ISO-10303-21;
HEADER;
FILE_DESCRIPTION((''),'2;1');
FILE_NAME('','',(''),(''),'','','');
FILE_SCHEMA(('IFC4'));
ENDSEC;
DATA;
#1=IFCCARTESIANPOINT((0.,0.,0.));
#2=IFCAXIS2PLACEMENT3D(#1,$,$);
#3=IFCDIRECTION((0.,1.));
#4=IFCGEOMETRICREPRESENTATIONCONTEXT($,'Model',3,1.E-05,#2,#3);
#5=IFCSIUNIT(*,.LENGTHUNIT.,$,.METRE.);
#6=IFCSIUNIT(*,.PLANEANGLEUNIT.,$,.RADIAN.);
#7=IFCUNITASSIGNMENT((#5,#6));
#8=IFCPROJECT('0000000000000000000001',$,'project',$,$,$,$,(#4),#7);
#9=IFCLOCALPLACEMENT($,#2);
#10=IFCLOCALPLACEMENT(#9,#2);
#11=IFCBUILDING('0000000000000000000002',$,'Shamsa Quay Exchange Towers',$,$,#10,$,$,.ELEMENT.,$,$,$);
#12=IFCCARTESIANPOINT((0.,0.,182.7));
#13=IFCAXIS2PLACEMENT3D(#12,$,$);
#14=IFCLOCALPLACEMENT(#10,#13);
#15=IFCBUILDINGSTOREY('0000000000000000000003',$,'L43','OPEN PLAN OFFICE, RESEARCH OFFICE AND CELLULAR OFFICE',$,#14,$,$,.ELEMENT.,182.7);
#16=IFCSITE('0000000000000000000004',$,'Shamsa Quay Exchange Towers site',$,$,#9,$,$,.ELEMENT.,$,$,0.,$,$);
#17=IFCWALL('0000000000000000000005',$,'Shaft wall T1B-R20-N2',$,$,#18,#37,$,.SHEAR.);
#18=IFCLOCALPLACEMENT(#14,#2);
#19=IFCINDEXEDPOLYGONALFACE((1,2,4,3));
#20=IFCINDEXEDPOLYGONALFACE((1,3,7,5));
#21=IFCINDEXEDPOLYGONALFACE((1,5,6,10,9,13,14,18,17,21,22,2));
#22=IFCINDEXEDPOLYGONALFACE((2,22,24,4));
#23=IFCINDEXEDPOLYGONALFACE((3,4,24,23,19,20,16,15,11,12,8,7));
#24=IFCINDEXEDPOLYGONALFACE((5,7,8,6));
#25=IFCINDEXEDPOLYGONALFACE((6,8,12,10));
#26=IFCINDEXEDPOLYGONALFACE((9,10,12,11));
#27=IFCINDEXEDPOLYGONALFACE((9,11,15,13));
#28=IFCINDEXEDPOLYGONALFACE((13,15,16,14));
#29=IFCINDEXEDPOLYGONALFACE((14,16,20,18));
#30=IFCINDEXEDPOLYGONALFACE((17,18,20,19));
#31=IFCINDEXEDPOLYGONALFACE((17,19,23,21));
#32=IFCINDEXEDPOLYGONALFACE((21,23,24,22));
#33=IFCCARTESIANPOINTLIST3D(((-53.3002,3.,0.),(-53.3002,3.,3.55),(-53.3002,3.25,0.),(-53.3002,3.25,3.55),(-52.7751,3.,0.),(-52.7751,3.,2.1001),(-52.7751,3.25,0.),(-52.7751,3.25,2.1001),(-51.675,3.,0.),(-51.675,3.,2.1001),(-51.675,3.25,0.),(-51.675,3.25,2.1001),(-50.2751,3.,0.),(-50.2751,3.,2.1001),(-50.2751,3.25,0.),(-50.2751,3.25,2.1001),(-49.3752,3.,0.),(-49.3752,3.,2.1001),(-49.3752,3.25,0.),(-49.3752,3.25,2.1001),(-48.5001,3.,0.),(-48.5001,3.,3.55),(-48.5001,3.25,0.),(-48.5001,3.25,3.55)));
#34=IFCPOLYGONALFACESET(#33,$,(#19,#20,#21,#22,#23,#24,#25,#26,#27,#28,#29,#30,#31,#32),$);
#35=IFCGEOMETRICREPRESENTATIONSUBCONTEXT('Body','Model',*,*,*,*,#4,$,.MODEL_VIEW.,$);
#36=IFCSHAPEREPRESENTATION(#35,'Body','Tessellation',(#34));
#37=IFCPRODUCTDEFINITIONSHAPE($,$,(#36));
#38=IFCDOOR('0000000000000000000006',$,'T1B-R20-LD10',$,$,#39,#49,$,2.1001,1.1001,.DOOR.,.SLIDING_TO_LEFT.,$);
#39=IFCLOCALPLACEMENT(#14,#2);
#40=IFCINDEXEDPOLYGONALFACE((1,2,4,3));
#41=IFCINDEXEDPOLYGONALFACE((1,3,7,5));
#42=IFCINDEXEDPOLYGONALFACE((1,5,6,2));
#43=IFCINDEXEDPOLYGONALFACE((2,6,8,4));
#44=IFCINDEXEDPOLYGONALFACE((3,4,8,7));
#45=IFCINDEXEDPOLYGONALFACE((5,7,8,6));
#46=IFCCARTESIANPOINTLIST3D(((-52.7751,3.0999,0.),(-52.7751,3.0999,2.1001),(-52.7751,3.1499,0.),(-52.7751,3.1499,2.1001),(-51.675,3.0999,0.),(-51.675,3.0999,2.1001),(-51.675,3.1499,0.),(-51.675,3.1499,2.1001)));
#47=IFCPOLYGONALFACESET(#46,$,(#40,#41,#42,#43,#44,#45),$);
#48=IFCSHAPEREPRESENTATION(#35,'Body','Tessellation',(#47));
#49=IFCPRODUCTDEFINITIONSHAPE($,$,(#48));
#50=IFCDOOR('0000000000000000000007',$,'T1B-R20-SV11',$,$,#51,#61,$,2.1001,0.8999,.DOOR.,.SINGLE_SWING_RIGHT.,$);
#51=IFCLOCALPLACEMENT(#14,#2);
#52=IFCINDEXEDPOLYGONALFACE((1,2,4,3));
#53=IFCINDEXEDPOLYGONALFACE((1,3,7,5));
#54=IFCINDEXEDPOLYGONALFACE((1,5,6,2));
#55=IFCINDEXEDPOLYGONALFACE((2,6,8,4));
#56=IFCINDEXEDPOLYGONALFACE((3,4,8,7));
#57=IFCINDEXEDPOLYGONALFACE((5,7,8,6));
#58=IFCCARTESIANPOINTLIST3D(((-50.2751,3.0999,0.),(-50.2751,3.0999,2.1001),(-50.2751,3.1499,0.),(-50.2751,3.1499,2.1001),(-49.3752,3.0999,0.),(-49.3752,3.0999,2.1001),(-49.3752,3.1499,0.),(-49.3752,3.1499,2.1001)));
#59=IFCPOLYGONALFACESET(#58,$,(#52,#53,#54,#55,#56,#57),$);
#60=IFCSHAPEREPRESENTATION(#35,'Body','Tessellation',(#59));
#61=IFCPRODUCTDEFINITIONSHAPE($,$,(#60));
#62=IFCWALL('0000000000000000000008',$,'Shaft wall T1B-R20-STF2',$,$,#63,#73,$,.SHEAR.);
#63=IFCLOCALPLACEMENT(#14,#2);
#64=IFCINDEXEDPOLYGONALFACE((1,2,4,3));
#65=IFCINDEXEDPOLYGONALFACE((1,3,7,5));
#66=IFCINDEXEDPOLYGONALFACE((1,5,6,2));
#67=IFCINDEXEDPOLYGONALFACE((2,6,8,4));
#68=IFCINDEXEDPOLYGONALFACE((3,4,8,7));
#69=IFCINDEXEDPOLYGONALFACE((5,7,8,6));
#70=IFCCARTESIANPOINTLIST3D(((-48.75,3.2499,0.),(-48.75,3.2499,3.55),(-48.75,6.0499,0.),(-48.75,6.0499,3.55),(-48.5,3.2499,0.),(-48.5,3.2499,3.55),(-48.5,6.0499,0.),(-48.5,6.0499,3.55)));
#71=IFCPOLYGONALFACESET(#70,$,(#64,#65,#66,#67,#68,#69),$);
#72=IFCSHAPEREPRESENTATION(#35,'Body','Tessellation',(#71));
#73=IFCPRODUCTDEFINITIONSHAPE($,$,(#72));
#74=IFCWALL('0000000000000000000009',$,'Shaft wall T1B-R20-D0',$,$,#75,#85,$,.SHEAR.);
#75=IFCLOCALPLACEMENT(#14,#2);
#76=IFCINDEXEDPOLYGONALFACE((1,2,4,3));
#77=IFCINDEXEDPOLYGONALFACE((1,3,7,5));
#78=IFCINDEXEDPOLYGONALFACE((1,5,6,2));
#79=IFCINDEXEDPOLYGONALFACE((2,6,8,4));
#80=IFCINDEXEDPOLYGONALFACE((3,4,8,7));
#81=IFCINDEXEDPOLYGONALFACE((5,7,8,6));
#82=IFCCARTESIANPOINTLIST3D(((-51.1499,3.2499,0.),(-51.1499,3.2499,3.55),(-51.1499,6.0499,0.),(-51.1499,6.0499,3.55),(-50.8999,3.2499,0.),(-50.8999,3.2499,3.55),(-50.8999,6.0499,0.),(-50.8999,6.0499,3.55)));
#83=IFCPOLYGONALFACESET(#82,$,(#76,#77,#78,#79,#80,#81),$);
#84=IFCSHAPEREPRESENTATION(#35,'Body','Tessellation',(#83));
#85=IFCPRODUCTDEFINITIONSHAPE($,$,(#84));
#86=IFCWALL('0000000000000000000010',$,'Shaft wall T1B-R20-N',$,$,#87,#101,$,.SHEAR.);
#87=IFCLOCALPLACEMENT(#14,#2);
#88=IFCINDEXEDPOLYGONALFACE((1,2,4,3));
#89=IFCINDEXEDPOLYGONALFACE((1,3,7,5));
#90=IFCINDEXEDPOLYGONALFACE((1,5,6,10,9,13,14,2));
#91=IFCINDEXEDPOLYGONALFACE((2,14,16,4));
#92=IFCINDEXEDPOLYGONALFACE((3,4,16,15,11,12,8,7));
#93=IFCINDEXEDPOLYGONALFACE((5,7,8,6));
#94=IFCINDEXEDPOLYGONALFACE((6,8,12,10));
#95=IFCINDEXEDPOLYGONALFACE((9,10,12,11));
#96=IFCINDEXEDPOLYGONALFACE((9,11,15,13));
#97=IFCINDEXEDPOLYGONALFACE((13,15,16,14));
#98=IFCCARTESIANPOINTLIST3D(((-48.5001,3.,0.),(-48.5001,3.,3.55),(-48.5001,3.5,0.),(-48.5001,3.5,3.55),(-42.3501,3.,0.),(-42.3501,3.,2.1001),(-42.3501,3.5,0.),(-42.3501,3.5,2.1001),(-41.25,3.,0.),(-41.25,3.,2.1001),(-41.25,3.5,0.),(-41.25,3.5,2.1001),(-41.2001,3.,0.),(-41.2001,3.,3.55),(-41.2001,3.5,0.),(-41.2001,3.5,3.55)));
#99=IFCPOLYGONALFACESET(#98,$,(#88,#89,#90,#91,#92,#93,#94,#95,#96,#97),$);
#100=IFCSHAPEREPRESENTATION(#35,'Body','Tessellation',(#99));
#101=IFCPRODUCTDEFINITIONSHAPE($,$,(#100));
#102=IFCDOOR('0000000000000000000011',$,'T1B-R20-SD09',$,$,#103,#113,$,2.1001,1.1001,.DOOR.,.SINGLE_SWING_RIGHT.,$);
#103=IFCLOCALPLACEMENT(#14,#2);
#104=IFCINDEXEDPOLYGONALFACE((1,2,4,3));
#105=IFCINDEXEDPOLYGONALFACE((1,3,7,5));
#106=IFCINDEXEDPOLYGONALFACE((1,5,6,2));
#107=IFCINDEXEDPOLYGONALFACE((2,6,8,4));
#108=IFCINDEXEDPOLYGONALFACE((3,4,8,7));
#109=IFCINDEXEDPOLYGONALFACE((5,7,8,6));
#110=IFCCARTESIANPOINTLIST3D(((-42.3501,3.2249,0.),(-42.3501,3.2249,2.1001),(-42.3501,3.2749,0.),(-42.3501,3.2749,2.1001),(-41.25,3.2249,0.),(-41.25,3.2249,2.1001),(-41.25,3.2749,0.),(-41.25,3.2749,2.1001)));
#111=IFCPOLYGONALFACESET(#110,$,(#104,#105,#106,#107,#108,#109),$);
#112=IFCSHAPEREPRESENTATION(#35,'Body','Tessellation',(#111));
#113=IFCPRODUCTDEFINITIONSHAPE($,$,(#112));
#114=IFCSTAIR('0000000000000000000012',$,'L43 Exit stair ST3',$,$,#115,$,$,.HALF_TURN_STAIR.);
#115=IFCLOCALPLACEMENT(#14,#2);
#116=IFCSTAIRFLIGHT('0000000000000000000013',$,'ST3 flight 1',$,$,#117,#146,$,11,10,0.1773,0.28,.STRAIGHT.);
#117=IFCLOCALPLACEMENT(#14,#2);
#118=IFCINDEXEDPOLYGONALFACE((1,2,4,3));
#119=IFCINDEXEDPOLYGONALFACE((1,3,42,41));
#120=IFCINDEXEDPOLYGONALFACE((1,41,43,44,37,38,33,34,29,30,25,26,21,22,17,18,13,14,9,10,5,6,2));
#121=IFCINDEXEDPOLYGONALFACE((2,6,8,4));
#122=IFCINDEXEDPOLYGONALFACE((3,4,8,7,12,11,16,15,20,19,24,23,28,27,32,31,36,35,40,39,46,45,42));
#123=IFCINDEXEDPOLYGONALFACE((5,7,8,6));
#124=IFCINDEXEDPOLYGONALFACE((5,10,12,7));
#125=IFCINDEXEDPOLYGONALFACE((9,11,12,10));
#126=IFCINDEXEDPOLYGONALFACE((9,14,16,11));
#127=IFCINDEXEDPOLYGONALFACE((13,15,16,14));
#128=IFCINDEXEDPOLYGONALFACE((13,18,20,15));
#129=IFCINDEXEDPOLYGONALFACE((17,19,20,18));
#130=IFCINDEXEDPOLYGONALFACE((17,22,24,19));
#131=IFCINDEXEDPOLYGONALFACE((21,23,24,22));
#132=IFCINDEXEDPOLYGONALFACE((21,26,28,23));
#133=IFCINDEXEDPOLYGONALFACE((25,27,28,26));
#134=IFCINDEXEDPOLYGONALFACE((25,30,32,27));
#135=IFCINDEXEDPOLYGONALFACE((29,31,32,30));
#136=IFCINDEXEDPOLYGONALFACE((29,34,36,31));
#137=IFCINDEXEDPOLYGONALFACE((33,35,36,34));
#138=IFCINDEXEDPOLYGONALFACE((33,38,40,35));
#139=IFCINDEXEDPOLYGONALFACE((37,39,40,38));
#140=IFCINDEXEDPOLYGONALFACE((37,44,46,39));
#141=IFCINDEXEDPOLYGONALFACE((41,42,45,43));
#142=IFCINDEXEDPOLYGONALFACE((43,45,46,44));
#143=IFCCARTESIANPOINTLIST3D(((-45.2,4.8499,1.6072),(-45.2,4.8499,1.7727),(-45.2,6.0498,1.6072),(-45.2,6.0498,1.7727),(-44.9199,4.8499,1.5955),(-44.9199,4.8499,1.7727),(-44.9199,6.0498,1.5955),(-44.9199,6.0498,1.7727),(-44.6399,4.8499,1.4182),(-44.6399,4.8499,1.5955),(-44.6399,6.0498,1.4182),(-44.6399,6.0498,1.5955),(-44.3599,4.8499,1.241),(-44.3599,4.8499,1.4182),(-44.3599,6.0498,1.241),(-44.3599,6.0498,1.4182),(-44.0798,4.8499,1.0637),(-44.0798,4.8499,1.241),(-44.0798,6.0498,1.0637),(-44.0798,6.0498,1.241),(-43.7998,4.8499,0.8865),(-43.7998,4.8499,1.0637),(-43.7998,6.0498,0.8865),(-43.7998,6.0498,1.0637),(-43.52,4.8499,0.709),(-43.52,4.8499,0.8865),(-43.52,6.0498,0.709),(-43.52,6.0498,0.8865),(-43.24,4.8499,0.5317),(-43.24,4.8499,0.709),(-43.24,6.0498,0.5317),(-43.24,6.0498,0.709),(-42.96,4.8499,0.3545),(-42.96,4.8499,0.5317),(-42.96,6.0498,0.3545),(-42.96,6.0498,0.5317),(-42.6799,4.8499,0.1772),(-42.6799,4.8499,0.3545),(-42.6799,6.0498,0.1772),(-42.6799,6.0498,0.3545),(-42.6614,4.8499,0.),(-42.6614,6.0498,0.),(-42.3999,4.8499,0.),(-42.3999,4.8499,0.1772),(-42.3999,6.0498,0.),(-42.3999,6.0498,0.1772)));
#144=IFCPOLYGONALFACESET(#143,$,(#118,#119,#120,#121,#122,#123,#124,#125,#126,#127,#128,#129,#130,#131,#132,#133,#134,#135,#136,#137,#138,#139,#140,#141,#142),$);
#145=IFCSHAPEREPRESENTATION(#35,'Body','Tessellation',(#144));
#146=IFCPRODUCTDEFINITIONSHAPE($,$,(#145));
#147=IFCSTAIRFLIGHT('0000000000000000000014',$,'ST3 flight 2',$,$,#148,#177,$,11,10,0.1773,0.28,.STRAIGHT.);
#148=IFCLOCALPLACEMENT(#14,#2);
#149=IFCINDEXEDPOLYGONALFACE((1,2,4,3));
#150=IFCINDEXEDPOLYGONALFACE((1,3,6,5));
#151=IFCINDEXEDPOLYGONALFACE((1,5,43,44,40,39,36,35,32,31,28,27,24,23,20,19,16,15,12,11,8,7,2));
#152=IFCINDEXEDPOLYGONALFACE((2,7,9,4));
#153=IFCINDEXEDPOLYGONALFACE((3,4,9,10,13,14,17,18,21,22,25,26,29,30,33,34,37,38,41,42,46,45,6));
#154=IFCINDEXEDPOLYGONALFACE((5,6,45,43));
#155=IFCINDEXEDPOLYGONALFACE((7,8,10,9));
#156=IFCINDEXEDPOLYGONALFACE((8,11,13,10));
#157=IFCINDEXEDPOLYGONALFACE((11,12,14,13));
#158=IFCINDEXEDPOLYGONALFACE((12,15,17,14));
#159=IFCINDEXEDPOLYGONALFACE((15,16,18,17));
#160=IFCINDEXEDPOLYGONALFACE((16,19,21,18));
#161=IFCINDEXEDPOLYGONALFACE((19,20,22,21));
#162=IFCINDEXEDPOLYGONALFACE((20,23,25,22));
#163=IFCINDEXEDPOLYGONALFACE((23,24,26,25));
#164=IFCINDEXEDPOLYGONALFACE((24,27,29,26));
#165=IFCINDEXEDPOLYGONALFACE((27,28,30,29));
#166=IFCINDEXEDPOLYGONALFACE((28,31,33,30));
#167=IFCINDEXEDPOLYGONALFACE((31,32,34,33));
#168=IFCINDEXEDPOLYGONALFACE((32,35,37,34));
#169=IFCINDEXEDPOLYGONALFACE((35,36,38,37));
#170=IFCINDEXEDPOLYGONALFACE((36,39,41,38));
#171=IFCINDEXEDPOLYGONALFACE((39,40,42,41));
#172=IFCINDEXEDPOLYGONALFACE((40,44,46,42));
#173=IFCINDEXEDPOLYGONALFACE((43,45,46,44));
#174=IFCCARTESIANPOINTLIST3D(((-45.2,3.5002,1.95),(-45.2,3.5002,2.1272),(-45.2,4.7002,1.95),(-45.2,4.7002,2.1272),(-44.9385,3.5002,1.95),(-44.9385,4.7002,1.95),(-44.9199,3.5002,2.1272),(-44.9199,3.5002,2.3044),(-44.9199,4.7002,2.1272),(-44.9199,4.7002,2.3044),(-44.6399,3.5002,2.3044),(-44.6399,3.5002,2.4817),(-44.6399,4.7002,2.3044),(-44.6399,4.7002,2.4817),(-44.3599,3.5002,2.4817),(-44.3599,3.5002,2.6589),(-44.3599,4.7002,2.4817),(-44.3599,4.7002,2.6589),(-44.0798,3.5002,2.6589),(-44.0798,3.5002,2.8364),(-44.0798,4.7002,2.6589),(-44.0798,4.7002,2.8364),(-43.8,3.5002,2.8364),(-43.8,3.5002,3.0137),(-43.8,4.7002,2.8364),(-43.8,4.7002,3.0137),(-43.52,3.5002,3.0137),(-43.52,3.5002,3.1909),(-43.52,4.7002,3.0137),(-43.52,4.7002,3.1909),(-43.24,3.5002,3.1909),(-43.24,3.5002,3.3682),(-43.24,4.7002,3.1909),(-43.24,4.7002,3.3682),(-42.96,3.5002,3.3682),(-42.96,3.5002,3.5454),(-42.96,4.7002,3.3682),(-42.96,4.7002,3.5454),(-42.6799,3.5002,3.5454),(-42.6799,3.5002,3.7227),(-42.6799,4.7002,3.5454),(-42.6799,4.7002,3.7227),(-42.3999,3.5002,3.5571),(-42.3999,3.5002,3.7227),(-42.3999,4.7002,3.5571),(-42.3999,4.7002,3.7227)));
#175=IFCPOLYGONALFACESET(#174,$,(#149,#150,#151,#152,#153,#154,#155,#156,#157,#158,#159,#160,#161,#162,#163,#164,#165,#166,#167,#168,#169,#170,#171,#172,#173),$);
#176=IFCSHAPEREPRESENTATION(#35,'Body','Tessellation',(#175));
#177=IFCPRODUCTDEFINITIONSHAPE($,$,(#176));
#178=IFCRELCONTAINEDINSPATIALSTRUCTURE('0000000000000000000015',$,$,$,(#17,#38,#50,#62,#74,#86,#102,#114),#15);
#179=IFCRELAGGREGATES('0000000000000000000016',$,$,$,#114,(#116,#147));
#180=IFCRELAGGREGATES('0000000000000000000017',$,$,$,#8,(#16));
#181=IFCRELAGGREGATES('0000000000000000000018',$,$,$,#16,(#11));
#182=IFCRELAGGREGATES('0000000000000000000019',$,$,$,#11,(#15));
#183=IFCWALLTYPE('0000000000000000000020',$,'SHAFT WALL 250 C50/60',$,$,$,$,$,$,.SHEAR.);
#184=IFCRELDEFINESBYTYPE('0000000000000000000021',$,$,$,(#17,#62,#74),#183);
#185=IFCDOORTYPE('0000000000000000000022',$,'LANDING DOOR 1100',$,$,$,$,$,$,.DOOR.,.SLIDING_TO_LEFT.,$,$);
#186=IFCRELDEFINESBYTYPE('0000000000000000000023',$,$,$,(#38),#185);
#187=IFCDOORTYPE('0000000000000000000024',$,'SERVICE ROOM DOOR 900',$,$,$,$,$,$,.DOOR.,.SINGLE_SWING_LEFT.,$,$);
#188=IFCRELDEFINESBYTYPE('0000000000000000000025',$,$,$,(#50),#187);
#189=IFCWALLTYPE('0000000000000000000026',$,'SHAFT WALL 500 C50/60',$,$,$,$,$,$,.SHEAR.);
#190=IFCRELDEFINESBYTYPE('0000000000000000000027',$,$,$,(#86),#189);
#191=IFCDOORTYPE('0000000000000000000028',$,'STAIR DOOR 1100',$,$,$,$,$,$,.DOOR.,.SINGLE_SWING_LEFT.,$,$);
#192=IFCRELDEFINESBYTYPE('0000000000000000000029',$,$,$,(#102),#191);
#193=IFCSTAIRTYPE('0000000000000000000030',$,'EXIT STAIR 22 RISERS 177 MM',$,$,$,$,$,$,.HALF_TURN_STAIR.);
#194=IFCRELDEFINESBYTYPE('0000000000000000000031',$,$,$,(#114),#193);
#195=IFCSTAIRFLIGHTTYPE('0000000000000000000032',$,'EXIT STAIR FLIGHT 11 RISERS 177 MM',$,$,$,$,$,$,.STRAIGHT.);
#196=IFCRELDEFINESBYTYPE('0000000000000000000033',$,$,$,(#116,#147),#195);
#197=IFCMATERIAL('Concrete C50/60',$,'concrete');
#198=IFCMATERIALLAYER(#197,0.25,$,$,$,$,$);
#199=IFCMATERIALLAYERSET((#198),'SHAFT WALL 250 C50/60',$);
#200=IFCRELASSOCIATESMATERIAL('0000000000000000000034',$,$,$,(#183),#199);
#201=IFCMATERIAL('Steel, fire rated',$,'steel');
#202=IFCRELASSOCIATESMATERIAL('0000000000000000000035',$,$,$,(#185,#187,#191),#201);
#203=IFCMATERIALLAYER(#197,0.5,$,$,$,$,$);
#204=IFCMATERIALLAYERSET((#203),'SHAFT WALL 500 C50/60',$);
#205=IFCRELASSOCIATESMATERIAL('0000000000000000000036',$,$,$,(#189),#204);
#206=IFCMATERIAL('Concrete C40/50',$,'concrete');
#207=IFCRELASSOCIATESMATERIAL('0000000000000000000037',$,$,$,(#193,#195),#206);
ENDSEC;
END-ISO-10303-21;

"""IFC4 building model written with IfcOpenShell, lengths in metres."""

from ifc_helpers import new_model, si_unit, direction, frame, frame_2d, origin, place, context, subcontext, project, spatial, polyline, rectangle, outline, extrude, material, layer, layer_set, type_object, element, fill, aggregate, save


model = new_model("IFC4")

# Units and contexts
model_context = context("Model", 3, precision=1e-05, world=origin(), true_north=direction((0.0, 1.0)))
body_context = subcontext(model_context, "Body", "Model", "MODEL_VIEW")
ifc_project = project(units=[si_unit("LENGTHUNIT", "METRE"), si_unit("PLANEANGLEUNIT", "RADIAN")], contexts=[model_context])

# Site, building, storey
site_placement = place(None, origin())
site = spatial("IfcSite", under=ifc_project, at=site_placement, Name="Shamsa Quay Exchange Towers site", CompositionType="ELEMENT", RefElevation=0.0)
building_placement = place(site_placement, origin())
building = spatial("IfcBuilding", under=site, at=building_placement, Name="Shamsa Quay Exchange Towers", CompositionType="ELEMENT")
storey_placement = place(building_placement, frame((0.0, 0.0, 182.7)))
storey = spatial("IfcBuildingStorey", under=building, at=storey_placement, Name="L43", Description="OPEN PLAN OFFICE, RESEARCH OFFICE AND CELLULAR OFFICE", CompositionType="ELEMENT", Elevation=182.7)

# Wall, openings, doors
ifc_material_1 = material(Name="Concrete C50/60", Category="concrete")
ifc_layer_1 = layer(ifc_material_1, 0.25)
ifc_layer_set_1 = layer_set([ifc_layer_1], Name="SHAFT WALL 250 C50/60")
wall_type_1 = type_object("IfcWallType", Name="SHAFT WALL 250 C50/60", PredefinedType="SHEAR", material=ifc_layer_set_1)
wall_1_placement = place(storey_placement, frame((-53.3, 3.125, 0.0)))
wall_1 = element("IfcWall", 1, at=wall_1_placement, inside=storey, type_object=wall_type_1, Name="Shaft wall T1B-R20-N2", PredefinedType="SHEAR", context=body_context, shape_type="SweptSolid", body=[
    extrude(rectangle(XDim=4.8, YDim=0.25, at=frame_2d((2.3999, 0.0))), origin(), (0.0, 0.0, 1.0), 3.55),
])
opening_1_placement = place(wall_1_placement, frame((0.5249, 0.0, 0.0)))
opening_1 = element("IfcOpeningElement", 2, at=opening_1_placement, cuts=wall_1, PredefinedType="OPENING", context=body_context, shape_type="SweptSolid", body=[
    extrude(rectangle(XDim=1.1001, YDim=2.1001, at=frame_2d((0.55, 1.05))), frame((0.0, 0.135, 0.0), z_axis=(0.0, -1.0, 0.0), x_axis=(1.0, 0.0, 0.0)), (0.0, 0.0, 1.0), 0.27),
])
opening_2_placement = place(wall_1_placement, frame((3.0249, 0.0, 0.0)))
opening_2 = element("IfcOpeningElement", 3, at=opening_2_placement, cuts=wall_1, PredefinedType="OPENING", context=body_context, shape_type="SweptSolid", body=[
    extrude(rectangle(XDim=0.8999, YDim=2.1001, at=frame_2d((0.45, 1.05))), frame((0.0, 0.135, 0.0), z_axis=(0.0, -1.0, 0.0), x_axis=(1.0, 0.0, 0.0)), (0.0, 0.0, 1.0), 0.27),
])
ifc_material_2 = material(Name="Steel, fire rated", Category="steel")
door_type_1 = type_object("IfcDoorType", Name="LANDING DOOR 1100", OperationType="SLIDING_TO_LEFT", PredefinedType="DOOR", material=ifc_material_2)
door_1_placement = place(opening_1_placement, origin())
door_1 = element("IfcDoor", 4, at=door_1_placement, inside=storey, type_object=door_type_1, Name="T1B-R20-LD10", OperationType="SLIDING_TO_LEFT", OverallHeight=2.1001, OverallWidth=1.1001, PredefinedType="DOOR", context=body_context, shape_type="SweptSolid", body=[
    extrude(rectangle(XDim=1.1001, YDim=2.1001, at=frame_2d((0.55, 1.05))), frame((0.0, 0.0249, 0.0), z_axis=(0.0, -1.0, 0.0), x_axis=(1.0, 0.0, 0.0)), (0.0, 0.0, 1.0), 0.05),
])
fill(opening_1, door_1)
door_type_2 = type_object("IfcDoorType", Name="SERVICE ROOM DOOR 900", OperationType="SINGLE_SWING_LEFT", PredefinedType="DOOR", material=ifc_material_2)
door_2_placement = place(opening_2_placement, origin())
door_2 = element("IfcDoor", 5, at=door_2_placement, inside=storey, type_object=door_type_2, Name="T1B-R20-SV11", OperationType="SINGLE_SWING_RIGHT", OverallHeight=2.1001, OverallWidth=0.8999, PredefinedType="DOOR", context=body_context, shape_type="SweptSolid", body=[
    extrude(rectangle(XDim=0.8999, YDim=2.1001, at=frame_2d((0.45, 1.05))), frame((0.0, 0.0249, 0.0), z_axis=(0.0, -1.0, 0.0), x_axis=(1.0, 0.0, 0.0)), (0.0, 0.0, 1.0), 0.05),
])
fill(opening_2, door_2)

# Walls
for number, where, z_axis, x_axis, name in (
    (6, (-48.625, 3.25, 0.0), (0.0, 0.0, 1.0), (0.0, 1.0, 0.0), "Shaft wall T1B-R20-STF2"),
    (7, (-51.0249, 3.25, 0.0), (0.0, 0.0, 1.0), (0.0, 1.0, 0.0), "Shaft wall T1B-R20-D0"),
):
    element("IfcWall", number, at=place(storey_placement, frame(where, z_axis=z_axis, x_axis=x_axis)), inside=storey, type_object=wall_type_1, Name=name, PredefinedType="SHEAR", context=body_context, shape_type="SweptSolid", body=[
        extrude(rectangle(XDim=2.8, YDim=0.25, at=frame_2d((1.3999, 0.0))), origin(), (0.0, 0.0, 1.0), 3.55),
    ])

# Wall, opening, door
ifc_layer_2 = layer(ifc_material_1, 0.5)
ifc_layer_set_2 = layer_set([ifc_layer_2], Name="SHAFT WALL 500 C50/60")
wall_type_2 = type_object("IfcWallType", Name="SHAFT WALL 500 C50/60", PredefinedType="SHEAR", material=ifc_layer_set_2)
wall_2_placement = place(storey_placement, frame((-48.5, 3.25, 0.0)))
wall_2 = element("IfcWall", 8, at=wall_2_placement, inside=storey, type_object=wall_type_2, Name="Shaft wall T1B-R20-N", PredefinedType="SHEAR", context=body_context, shape_type="SweptSolid", body=[
    extrude(rectangle(XDim=7.3, YDim=0.5, at=frame_2d((3.6499, 0.0))), origin(), (0.0, 0.0, 1.0), 3.55),
])
opening_3_placement = place(wall_2_placement, frame((6.1499, 0.0, 0.0)))
opening_3 = element("IfcOpeningElement", 9, at=opening_3_placement, cuts=wall_2, PredefinedType="OPENING", context=body_context, shape_type="SweptSolid", body=[
    extrude(rectangle(XDim=1.1001, YDim=2.1001, at=frame_2d((0.55, 1.05))), frame((0.0, 0.26, 0.0), z_axis=(0.0, -1.0, 0.0), x_axis=(1.0, 0.0, 0.0)), (0.0, 0.0, 1.0), 0.52),
])
door_type_3 = type_object("IfcDoorType", Name="STAIR DOOR 1100", OperationType="SINGLE_SWING_LEFT", PredefinedType="DOOR", material=ifc_material_2)
door_3_placement = place(opening_3_placement, origin())
door_3 = element("IfcDoor", 10, at=door_3_placement, inside=storey, type_object=door_type_3, Name="T1B-R20-SD09", OperationType="SINGLE_SWING_RIGHT", OverallHeight=2.1001, OverallWidth=1.1001, PredefinedType="DOOR", context=body_context, shape_type="SweptSolid", body=[
    extrude(rectangle(XDim=1.1001, YDim=2.1001, at=frame_2d((0.55, 1.05))), frame((0.0, 0.0249, 0.0), z_axis=(0.0, -1.0, 0.0), x_axis=(1.0, 0.0, 0.0)), (0.0, 0.0, 1.0), 0.05),
])
fill(opening_3, door_3)

# Stair, stair flights
ifc_material_3 = material(Name="Concrete C40/50", Category="concrete")
stair_type = type_object("IfcStairType", Name="EXIT STAIR 22 RISERS 177 MM", PredefinedType="HALF_TURN_STAIR", material=ifc_material_3)
stair_placement = place(storey_placement, origin())
stair = element("IfcStair", 11, at=stair_placement, inside=storey, type_object=stair_type, Name="L43 Exit stair ST3", PredefinedType="HALF_TURN_STAIR")
stair_flight_type = type_object("IfcStairFlightType", Name="EXIT STAIR FLIGHT 11 RISERS 177 MM", PredefinedType="STRAIGHT", material=ifc_material_3)
stair_flight_1_placement = place(storey_placement, frame((-42.3999, 5.45, 0.0), z_axis=(0.0, 0.0, 1.0), x_axis=(-1.0, 0.0, 0.0)))
stair_flight_1 = element("IfcStairFlight", 12, at=stair_flight_1_placement, type_object=stair_flight_type, Name="ST3 flight 1", NumberOfRisers=11, NumberOfTreads=10, PredefinedType="STRAIGHT", RiserHeight=0.1773, TreadLength=0.28, context=body_context, shape_type="SweptSolid", body=[
    extrude(outline(polyline([(0.0, 0.0), (0.0, 0.1772), (0.28, 0.1772), (0.28, 0.3545), (0.5601, 0.3545), (0.5601, 0.5317), (0.8401, 0.5317), (0.8401, 0.709), (1.1201, 0.709), (1.1201, 0.8865), (1.3999, 0.8865), (1.3999, 1.0637), (1.6799, 1.0637), (1.6799, 1.241), (1.96, 1.241), (1.96, 1.4182), (2.24, 1.4182), (2.24, 1.5955), (2.52, 1.5955), (2.52, 1.7727), (2.8, 1.7727), (2.8, 1.95), (2.8, 1.6072), (0.2615, 0.0), (0.0, 0.0)])), frame((0.0, 0.6001, 0.0), z_axis=(0.0, -1.0, 0.0), x_axis=(1.0, 0.0, 0.0)), (0.0, 0.0, 1.0), 1.2),
])
stair_flight_2_placement = place(storey_placement, frame((-45.2, 4.1001, 1.95)))
stair_flight_2 = element("IfcStairFlight", 13, at=stair_flight_2_placement, type_object=stair_flight_type, Name="ST3 flight 2", NumberOfRisers=11, NumberOfTreads=10, PredefinedType="STRAIGHT", RiserHeight=0.1773, TreadLength=0.28, context=body_context, shape_type="SweptSolid", body=[
    extrude(outline(polyline([(0.0, 0.0), (0.0, 0.1772), (0.28, 0.1772), (0.28, 0.3545), (0.5601, 0.3545), (0.5601, 0.5317), (0.8401, 0.5317), (0.8401, 0.709), (1.1201, 0.709), (1.1201, 0.8865), (1.3999, 0.8865), (1.3999, 1.0637), (1.6799, 1.0637), (1.6799, 1.241), (1.96, 1.241), (1.96, 1.4182), (2.24, 1.4182), (2.24, 1.5955), (2.52, 1.5955), (2.52, 1.7727), (2.8, 1.7727), (2.8, 1.95), (2.8, 1.6072), (0.2615, 0.0), (0.0, 0.0)])), frame((0.0, 0.6001, 0.0), z_axis=(0.0, -1.0, 0.0), x_axis=(1.0, 0.0, 0.0)), (0.0, 0.0, 1.0), 1.2),
])
aggregate(stair, [stair_flight_1, stair_flight_2])

save(model, "model.ifc")
